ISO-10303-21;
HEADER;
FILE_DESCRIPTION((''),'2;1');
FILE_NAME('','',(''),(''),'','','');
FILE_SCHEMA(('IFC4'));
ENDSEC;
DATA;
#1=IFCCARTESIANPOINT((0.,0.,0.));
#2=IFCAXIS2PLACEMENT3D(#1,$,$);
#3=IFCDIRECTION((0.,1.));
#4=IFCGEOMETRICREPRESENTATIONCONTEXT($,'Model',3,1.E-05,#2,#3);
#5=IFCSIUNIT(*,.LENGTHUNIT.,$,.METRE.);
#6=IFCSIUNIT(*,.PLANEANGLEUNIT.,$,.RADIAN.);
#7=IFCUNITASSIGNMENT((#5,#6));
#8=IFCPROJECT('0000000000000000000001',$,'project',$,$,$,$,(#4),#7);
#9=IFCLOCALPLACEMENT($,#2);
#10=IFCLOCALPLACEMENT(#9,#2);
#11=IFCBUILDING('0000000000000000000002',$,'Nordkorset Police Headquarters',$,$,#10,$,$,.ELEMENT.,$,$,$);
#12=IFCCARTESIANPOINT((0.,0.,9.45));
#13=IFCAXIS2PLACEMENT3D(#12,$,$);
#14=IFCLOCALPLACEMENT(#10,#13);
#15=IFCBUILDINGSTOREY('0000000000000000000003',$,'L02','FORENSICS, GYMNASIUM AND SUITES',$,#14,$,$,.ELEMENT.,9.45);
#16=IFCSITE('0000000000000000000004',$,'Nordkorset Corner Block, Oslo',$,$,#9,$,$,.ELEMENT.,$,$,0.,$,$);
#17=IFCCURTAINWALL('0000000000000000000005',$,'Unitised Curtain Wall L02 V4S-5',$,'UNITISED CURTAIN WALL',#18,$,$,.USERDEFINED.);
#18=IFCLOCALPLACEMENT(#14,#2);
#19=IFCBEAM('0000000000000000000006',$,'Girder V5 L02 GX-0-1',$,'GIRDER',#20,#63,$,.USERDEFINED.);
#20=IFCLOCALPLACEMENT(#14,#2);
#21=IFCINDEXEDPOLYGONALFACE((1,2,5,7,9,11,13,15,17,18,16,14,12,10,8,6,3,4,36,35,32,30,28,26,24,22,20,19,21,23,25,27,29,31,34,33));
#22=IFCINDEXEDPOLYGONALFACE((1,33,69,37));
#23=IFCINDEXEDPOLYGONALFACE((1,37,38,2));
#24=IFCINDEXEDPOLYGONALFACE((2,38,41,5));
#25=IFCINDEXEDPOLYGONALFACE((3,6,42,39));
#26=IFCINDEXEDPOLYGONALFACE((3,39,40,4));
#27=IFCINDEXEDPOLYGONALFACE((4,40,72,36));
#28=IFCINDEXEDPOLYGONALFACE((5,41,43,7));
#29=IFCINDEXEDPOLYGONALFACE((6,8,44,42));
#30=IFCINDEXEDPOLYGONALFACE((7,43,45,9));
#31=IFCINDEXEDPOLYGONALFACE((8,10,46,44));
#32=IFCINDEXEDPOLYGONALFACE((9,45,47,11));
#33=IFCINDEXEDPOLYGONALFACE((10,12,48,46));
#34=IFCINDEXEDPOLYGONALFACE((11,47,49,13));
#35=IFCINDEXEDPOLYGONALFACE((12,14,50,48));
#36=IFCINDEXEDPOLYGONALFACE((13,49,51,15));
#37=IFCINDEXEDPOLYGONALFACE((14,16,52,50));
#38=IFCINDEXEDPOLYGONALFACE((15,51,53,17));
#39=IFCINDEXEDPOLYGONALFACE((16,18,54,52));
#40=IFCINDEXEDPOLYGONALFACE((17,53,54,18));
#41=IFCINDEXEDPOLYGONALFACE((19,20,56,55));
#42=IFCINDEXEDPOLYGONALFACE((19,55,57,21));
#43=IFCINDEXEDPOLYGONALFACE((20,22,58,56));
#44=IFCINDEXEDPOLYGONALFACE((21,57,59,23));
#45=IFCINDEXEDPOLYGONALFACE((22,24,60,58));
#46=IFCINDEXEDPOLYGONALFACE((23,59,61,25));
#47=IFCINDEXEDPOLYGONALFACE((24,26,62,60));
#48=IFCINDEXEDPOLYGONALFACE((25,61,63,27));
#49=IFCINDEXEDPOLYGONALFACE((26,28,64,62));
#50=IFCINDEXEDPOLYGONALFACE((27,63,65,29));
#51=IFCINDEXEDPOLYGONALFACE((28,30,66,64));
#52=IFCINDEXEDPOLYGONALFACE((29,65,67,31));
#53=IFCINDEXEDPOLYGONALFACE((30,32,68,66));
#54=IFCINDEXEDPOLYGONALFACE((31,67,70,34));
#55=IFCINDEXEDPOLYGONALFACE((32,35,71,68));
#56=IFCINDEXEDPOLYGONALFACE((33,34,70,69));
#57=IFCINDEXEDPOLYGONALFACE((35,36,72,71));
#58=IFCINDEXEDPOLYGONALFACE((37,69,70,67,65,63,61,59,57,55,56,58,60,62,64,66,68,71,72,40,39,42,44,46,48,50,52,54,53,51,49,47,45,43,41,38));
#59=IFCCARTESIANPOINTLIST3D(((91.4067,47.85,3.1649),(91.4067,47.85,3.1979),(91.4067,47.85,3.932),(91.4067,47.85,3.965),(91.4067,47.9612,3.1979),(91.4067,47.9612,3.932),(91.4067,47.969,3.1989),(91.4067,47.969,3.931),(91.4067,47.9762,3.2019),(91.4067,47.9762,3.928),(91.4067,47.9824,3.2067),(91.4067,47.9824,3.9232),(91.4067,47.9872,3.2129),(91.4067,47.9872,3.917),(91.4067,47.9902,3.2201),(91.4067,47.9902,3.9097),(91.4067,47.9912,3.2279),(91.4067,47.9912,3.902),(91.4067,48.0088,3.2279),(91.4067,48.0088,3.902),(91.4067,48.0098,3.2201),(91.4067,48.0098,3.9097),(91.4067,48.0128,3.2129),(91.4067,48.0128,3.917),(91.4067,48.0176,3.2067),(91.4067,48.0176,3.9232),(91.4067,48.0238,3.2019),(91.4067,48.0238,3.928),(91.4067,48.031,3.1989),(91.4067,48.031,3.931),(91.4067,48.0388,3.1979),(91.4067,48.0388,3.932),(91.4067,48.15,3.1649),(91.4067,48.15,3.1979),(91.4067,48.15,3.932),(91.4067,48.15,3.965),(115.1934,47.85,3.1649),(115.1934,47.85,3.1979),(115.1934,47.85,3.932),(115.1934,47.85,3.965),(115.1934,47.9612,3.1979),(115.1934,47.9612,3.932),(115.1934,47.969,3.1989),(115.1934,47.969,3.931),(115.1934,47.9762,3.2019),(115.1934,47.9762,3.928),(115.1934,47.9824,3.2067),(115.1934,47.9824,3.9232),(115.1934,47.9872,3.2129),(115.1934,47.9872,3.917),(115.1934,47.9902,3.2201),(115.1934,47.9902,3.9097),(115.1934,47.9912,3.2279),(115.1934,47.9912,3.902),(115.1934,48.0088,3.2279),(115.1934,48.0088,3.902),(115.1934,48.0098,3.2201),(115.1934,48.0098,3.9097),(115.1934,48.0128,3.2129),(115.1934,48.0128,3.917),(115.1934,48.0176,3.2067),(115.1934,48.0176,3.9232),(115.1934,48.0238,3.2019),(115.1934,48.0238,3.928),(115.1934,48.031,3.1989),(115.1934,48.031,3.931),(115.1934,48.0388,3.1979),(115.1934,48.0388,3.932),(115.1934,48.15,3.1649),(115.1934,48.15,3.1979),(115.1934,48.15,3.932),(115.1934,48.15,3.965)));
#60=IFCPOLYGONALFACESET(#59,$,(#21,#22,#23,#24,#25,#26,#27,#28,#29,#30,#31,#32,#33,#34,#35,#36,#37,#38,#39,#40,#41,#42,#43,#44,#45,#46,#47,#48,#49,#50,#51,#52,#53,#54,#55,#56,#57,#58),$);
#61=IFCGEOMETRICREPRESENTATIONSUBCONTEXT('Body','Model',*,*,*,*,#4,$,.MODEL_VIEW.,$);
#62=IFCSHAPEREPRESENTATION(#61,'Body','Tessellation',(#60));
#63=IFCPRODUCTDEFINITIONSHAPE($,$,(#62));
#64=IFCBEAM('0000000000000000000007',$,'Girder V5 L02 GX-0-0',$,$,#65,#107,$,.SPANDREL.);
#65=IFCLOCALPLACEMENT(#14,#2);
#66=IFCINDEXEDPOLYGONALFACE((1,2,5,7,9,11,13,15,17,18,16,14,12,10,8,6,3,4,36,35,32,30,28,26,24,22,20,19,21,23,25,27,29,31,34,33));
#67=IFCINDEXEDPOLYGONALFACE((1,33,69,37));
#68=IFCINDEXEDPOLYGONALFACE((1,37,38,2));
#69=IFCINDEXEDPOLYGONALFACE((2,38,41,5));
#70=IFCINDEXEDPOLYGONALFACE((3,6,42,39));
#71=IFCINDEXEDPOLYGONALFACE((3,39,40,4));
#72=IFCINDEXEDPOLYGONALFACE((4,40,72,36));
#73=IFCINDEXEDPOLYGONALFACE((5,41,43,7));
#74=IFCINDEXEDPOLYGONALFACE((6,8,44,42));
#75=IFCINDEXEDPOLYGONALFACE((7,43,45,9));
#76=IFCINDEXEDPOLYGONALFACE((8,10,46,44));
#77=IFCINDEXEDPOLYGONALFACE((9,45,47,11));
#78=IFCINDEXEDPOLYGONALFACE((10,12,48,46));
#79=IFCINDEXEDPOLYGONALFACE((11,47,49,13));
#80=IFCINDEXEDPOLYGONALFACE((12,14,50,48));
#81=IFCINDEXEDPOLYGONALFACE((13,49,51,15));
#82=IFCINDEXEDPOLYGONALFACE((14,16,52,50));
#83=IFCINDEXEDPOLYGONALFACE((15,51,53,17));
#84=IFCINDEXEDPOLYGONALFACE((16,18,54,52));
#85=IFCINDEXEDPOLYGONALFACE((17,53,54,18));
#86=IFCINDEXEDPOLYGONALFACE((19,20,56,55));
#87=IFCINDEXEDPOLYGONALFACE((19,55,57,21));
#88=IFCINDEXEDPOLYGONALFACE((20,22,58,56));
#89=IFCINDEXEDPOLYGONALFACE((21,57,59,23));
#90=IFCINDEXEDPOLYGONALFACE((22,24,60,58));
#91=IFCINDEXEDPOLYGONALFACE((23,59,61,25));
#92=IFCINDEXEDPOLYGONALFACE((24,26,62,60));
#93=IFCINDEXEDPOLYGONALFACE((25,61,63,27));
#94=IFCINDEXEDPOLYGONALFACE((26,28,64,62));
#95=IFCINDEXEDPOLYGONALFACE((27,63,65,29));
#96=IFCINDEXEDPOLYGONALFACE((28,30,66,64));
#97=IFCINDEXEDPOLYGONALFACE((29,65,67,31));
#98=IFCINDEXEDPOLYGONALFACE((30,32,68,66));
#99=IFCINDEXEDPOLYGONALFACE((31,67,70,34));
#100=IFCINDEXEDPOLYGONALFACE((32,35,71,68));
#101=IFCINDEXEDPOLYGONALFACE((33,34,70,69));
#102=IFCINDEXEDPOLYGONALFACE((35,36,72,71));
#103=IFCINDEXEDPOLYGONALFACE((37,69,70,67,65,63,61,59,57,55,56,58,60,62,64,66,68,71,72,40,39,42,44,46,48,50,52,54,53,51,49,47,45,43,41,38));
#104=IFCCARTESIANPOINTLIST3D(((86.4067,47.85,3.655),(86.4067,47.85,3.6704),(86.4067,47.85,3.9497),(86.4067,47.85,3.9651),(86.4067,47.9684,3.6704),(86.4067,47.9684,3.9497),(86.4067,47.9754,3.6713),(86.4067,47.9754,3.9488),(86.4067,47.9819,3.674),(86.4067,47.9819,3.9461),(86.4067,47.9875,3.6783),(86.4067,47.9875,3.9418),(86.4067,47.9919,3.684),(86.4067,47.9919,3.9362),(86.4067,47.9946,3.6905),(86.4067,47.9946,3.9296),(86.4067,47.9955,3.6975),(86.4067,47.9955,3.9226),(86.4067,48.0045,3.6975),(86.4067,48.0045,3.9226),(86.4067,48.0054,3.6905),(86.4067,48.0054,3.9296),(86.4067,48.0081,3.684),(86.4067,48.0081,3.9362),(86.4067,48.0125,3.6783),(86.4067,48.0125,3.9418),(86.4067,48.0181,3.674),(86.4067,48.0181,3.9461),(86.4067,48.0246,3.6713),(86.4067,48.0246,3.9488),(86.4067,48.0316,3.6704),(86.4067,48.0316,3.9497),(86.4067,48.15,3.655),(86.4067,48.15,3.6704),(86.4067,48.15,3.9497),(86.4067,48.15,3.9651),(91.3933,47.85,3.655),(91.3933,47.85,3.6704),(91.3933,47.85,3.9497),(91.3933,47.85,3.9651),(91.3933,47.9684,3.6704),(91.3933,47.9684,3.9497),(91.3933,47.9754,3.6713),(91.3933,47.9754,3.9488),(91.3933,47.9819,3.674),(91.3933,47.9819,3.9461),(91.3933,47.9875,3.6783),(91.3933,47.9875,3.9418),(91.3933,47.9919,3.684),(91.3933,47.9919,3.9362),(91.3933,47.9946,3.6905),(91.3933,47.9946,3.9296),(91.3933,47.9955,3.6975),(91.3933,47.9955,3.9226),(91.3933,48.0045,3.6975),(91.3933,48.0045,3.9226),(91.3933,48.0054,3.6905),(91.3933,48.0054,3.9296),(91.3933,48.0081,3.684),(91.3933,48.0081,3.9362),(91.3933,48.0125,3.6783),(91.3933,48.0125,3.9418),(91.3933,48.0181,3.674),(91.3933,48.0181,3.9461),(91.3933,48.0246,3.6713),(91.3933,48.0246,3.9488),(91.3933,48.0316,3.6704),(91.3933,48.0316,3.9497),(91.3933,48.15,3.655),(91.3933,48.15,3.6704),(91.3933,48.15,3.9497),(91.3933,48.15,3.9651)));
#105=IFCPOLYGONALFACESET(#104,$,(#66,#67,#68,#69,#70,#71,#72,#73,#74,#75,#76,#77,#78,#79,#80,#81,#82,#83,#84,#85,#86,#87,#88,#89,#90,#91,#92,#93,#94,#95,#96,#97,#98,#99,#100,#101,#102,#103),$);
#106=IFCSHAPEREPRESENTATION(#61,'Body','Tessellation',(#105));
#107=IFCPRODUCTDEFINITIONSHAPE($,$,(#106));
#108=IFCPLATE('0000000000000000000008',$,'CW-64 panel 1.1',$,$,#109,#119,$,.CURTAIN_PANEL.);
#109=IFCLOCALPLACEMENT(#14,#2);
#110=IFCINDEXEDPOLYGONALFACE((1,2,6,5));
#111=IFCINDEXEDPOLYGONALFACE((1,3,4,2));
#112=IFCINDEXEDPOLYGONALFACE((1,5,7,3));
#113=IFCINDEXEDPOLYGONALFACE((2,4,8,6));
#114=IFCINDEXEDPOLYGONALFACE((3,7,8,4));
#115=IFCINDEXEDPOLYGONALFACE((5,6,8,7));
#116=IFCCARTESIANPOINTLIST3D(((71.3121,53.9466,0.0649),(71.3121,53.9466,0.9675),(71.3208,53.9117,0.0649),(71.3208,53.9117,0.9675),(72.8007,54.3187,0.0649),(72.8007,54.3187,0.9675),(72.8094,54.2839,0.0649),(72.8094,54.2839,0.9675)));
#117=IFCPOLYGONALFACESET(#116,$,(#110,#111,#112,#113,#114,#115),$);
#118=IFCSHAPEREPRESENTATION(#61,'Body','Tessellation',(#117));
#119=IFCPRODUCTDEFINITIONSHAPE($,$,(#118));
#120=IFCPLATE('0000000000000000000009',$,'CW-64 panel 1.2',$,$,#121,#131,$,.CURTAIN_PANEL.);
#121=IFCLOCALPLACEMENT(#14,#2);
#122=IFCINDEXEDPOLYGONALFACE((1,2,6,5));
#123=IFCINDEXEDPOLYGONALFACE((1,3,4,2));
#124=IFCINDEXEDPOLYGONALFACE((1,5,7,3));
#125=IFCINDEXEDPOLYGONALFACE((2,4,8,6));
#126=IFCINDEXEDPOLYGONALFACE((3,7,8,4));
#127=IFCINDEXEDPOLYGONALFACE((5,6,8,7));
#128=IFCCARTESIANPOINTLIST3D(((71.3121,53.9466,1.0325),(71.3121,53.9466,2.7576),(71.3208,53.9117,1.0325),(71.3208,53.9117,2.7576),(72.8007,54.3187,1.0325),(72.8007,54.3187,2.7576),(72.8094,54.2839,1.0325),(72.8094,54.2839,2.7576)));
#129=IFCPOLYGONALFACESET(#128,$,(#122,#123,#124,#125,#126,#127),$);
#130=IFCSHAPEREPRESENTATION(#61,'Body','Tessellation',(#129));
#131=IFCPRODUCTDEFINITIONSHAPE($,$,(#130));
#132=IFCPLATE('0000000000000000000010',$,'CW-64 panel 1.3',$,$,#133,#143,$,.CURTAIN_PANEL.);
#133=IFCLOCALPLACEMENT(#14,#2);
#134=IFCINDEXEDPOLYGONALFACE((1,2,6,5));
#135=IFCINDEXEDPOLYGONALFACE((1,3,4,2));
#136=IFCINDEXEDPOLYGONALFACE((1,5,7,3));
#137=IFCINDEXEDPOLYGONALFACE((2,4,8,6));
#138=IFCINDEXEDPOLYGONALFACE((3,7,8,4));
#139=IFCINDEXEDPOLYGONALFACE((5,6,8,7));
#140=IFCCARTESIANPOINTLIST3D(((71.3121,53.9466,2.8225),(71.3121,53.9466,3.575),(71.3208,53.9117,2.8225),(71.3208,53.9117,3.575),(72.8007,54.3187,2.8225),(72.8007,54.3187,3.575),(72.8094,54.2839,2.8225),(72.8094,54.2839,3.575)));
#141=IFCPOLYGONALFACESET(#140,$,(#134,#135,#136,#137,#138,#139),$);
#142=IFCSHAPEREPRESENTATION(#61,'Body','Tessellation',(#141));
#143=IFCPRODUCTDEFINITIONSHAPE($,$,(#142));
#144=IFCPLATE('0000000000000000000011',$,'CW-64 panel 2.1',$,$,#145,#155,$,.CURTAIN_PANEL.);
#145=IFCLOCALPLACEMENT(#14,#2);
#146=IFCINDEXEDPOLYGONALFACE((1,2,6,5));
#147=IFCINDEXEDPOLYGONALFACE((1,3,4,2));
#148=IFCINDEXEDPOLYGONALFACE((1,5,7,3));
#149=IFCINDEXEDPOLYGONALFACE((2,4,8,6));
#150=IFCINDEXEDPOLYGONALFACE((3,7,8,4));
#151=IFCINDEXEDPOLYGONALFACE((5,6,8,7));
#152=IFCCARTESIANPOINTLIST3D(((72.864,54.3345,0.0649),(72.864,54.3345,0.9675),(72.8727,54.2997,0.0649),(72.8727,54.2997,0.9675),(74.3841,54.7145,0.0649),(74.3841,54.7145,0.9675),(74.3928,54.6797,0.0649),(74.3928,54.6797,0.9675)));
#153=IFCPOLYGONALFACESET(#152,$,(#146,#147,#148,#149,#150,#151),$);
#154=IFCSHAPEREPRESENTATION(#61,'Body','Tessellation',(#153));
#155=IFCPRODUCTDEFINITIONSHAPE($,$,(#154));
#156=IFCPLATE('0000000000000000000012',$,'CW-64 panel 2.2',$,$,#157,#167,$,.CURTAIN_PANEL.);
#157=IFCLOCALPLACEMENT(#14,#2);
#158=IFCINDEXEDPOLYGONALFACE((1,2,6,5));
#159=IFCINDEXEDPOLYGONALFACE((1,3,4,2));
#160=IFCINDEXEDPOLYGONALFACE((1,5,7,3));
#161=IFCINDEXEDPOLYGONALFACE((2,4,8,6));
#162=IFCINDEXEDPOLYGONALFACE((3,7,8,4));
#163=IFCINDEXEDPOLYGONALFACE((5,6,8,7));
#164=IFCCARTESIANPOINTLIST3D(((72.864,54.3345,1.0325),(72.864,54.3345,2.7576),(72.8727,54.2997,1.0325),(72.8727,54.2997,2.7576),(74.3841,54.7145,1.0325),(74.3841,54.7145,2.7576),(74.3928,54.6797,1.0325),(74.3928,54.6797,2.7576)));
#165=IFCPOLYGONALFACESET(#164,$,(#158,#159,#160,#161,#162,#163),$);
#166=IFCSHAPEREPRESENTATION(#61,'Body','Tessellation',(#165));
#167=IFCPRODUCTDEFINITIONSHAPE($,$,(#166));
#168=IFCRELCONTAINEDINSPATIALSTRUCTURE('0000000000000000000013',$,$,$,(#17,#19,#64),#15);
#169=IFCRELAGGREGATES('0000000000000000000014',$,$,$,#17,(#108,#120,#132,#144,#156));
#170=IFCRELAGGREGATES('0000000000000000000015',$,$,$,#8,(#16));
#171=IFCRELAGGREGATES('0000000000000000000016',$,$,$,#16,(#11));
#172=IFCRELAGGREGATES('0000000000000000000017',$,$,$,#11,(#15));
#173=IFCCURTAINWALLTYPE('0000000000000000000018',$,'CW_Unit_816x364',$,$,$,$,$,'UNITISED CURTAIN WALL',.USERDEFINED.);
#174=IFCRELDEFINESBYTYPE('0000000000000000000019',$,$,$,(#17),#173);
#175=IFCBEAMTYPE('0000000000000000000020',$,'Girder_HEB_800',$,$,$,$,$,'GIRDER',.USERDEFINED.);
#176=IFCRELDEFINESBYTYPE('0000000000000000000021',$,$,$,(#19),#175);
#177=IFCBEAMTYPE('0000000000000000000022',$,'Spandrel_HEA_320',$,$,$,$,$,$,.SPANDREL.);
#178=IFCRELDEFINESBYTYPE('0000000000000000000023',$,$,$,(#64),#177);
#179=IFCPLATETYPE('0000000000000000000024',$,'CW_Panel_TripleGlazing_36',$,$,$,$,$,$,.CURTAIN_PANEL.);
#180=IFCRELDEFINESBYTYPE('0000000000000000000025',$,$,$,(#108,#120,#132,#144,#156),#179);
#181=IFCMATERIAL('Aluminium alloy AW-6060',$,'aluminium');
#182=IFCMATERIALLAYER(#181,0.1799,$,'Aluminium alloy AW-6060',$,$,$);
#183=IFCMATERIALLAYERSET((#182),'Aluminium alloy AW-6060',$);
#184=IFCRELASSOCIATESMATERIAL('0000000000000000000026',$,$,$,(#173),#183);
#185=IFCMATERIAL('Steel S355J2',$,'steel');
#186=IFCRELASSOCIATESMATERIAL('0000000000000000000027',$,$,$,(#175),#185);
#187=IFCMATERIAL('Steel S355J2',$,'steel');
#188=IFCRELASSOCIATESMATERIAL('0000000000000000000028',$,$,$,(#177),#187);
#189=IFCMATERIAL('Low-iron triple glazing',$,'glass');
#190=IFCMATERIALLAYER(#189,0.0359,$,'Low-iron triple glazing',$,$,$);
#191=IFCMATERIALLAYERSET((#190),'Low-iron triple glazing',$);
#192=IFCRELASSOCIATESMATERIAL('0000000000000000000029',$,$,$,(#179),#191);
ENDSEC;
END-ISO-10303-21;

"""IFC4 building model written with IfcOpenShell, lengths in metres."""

from ifc_helpers import new_model, si_unit, direction, frame, origin, origin_2d, place, context, subcontext, project, spatial, rectangle, i_section, extrude, material, layer, layer_set, material_profile, profile_set, type_object, element, aggregate, save


model = new_model("IFC4")

# Units and contexts
model_context = context("Model", 3, precision=1e-05, world=origin(), true_north=direction((0.0, 1.0)))
body_context = subcontext(model_context, "Body", "Model", "MODEL_VIEW")
ifc_project = project(units=[si_unit("LENGTHUNIT", "METRE"), si_unit("PLANEANGLEUNIT", "RADIAN")], contexts=[model_context])

# Site, building, storey
site_placement = place(None, origin())
site = spatial("IfcSite", under=ifc_project, at=site_placement, Name="Nordkorset Corner Block, Oslo", CompositionType="ELEMENT", RefElevation=0.0)
building_placement = place(site_placement, origin())
building = spatial("IfcBuilding", under=site, at=building_placement, Name="Nordkorset Police Headquarters", CompositionType="ELEMENT")
storey_placement = place(building_placement, frame((0.0, 0.0, 9.45)))
storey = spatial("IfcBuildingStorey", under=building, at=storey_placement, Name="L02", Description="FORENSICS, GYMNASIUM AND SUITES", CompositionType="ELEMENT", Elevation=9.45)

# Curtain wall
ifc_material_1 = material(Name="Aluminium alloy AW-6060", Category="aluminium")
ifc_layer_1 = layer(ifc_material_1, 0.1799, Name="Aluminium alloy AW-6060")
ifc_layer_set_1 = layer_set([ifc_layer_1], Name="Aluminium alloy AW-6060")
curtain_wall_type = type_object("IfcCurtainWallType", Name="CW_Unit_816x364", ElementType="UNITISED CURTAIN WALL", PredefinedType="USERDEFINED", material=ifc_layer_set_1)
curtain_wall_placement = place(storey_placement, origin())
curtain_wall = element("IfcCurtainWall", 1, at=curtain_wall_placement, inside=storey, type_object=curtain_wall_type, Name="Unitised Curtain Wall L02 V4S-5", ObjectType="UNITISED CURTAIN WALL", PredefinedType="USERDEFINED")

# Beams
ifc_material_2 = material(Name="Steel S355J2", Category="steel")
ifc_material_profile_1 = material_profile(ifc_material_2, i_section(OverallWidth=0.3, OverallDepth=0.8, WebThickness=0.0176, FlangeThickness=0.033, FilletRadius=0.03, at=origin_2d()), Name="HEB 800")
ifc_profile_set_1 = profile_set([ifc_material_profile_1], Name="Steel S355J2")
beam_type_1 = type_object("IfcBeamType", Name="Girder_HEB_800", ElementType="GIRDER", PredefinedType="USERDEFINED", material=ifc_profile_set_1)
beam_1_placement = place(storey_placement, frame((91.4067, 48.0, 3.5649), z_axis=(1.0, 0.0, 0.0), x_axis=(0.0, 1.0, 0.0)))
element("IfcBeam", 2, at=beam_1_placement, inside=storey, type_object=beam_type_1, Name="Girder V5 L02 GX-0-1", ObjectType="GIRDER", PredefinedType="USERDEFINED", context=body_context, shape_type="SweptSolid", body=[
    extrude(i_section(OverallWidth=0.3, OverallDepth=0.8, WebThickness=0.0176, FlangeThickness=0.033, FilletRadius=0.03, at=origin_2d()), origin(), (0.0, 0.0, 1.0), 23.7866),
])
ifc_material_3 = material(Name="Steel S355J2", Category="steel")
ifc_material_profile_2 = material_profile(ifc_material_3, i_section(OverallWidth=0.3, OverallDepth=0.3101, WebThickness=0.009, FlangeThickness=0.0154, FilletRadius=0.0271, at=origin_2d()), Name="HEA 320")
ifc_profile_set_2 = profile_set([ifc_material_profile_2], Name="Steel S355J2")
beam_type_2 = type_object("IfcBeamType", Name="Spandrel_HEA_320", PredefinedType="SPANDREL", material=ifc_profile_set_2)
beam_2_placement = place(storey_placement, frame((86.4067, 48.0, 3.8101), z_axis=(1.0, 0.0, 0.0), x_axis=(0.0, 1.0, 0.0)))
element("IfcBeam", 3, at=beam_2_placement, inside=storey, type_object=beam_type_2, Name="Girder V5 L02 GX-0-0", PredefinedType="SPANDREL", context=body_context, shape_type="SweptSolid", body=[
    extrude(i_section(OverallWidth=0.3, OverallDepth=0.3101, WebThickness=0.009, FlangeThickness=0.0154, FilletRadius=0.0271, at=origin_2d()), origin(), (0.0, 0.0, 1.0), 4.9866),
])

# Plates
ifc_material_4 = material(Name="Low-iron triple glazing", Category="glass")
ifc_layer_2 = layer(ifc_material_4, 0.0359, Name="Low-iron triple glazing")
ifc_layer_set_2 = layer_set([ifc_layer_2], Name="Low-iron triple glazing")
plate_type = type_object("IfcPlateType", Name="CW_Panel_TripleGlazing_36", PredefinedType="CURTAIN_PANEL", material=ifc_layer_set_2)
plate_1_placement = place(storey_placement, frame((72.0608, 54.1152, 0.0649), z_axis=(0.0, 0.0, 1.0), x_axis=(0.970143, 0.242536, 0.0)))
plate_1 = element("IfcPlate", 4, at=plate_1_placement, type_object=plate_type, Name="CW-64 panel 1.1", PredefinedType="CURTAIN_PANEL", context=body_context, shape_type="SweptSolid", body=[
    extrude(rectangle(XDim=1.5344, YDim=0.0359, at=origin_2d()), origin(), (0.0, 0.0, 1.0), 0.9026),
])
plate_2_placement = place(storey_placement, frame((72.0608, 54.1152, 1.0325), z_axis=(0.0, 0.0, 1.0), x_axis=(0.970143, 0.242536, 0.0)))
plate_2 = element("IfcPlate", 5, at=plate_2_placement, type_object=plate_type, Name="CW-64 panel 1.2", PredefinedType="CURTAIN_PANEL", context=body_context, shape_type="SweptSolid", body=[
    extrude(rectangle(XDim=1.5344, YDim=0.0359, at=origin_2d()), origin(), (0.0, 0.0, 1.0), 1.7251),
])
plate_3_placement = place(storey_placement, frame((72.0608, 54.1152, 2.8225), z_axis=(0.0, 0.0, 1.0), x_axis=(0.970143, 0.242536, 0.0)))
plate_3 = element("IfcPlate", 6, at=plate_3_placement, type_object=plate_type, Name="CW-64 panel 1.3", PredefinedType="CURTAIN_PANEL", context=body_context, shape_type="SweptSolid", body=[
    extrude(rectangle(XDim=1.5344, YDim=0.0359, at=origin_2d()), origin(), (0.0, 0.0, 1.0), 0.7524),
])
plate_4_placement = place(storey_placement, frame((73.6284, 54.5071, 0.0649), z_axis=(0.0, 0.0, 1.0), x_axis=(0.970143, 0.242536, 0.0)))
plate_4 = element("IfcPlate", 7, at=plate_4_placement, type_object=plate_type, Name="CW-64 panel 2.1", PredefinedType="CURTAIN_PANEL", context=body_context, shape_type="SweptSolid", body=[
    extrude(rectangle(XDim=1.5669, YDim=0.0359, at=origin_2d()), origin(), (0.0, 0.0, 1.0), 0.9026),
])
plate_5_placement = place(storey_placement, frame((73.6284, 54.5071, 1.0325), z_axis=(0.0, 0.0, 1.0), x_axis=(0.970143, 0.242536, 0.0)))
plate_5 = element("IfcPlate", 8, at=plate_5_placement, type_object=plate_type, Name="CW-64 panel 2.2", PredefinedType="CURTAIN_PANEL", context=body_context, shape_type="SweptSolid", body=[
    extrude(rectangle(XDim=1.5669, YDim=0.0359, at=origin_2d()), origin(), (0.0, 0.0, 1.0), 1.7251),
])
aggregate(curtain_wall, [plate_1, plate_2, plate_3, plate_4, plate_5])

save(model, "model.ifc")
